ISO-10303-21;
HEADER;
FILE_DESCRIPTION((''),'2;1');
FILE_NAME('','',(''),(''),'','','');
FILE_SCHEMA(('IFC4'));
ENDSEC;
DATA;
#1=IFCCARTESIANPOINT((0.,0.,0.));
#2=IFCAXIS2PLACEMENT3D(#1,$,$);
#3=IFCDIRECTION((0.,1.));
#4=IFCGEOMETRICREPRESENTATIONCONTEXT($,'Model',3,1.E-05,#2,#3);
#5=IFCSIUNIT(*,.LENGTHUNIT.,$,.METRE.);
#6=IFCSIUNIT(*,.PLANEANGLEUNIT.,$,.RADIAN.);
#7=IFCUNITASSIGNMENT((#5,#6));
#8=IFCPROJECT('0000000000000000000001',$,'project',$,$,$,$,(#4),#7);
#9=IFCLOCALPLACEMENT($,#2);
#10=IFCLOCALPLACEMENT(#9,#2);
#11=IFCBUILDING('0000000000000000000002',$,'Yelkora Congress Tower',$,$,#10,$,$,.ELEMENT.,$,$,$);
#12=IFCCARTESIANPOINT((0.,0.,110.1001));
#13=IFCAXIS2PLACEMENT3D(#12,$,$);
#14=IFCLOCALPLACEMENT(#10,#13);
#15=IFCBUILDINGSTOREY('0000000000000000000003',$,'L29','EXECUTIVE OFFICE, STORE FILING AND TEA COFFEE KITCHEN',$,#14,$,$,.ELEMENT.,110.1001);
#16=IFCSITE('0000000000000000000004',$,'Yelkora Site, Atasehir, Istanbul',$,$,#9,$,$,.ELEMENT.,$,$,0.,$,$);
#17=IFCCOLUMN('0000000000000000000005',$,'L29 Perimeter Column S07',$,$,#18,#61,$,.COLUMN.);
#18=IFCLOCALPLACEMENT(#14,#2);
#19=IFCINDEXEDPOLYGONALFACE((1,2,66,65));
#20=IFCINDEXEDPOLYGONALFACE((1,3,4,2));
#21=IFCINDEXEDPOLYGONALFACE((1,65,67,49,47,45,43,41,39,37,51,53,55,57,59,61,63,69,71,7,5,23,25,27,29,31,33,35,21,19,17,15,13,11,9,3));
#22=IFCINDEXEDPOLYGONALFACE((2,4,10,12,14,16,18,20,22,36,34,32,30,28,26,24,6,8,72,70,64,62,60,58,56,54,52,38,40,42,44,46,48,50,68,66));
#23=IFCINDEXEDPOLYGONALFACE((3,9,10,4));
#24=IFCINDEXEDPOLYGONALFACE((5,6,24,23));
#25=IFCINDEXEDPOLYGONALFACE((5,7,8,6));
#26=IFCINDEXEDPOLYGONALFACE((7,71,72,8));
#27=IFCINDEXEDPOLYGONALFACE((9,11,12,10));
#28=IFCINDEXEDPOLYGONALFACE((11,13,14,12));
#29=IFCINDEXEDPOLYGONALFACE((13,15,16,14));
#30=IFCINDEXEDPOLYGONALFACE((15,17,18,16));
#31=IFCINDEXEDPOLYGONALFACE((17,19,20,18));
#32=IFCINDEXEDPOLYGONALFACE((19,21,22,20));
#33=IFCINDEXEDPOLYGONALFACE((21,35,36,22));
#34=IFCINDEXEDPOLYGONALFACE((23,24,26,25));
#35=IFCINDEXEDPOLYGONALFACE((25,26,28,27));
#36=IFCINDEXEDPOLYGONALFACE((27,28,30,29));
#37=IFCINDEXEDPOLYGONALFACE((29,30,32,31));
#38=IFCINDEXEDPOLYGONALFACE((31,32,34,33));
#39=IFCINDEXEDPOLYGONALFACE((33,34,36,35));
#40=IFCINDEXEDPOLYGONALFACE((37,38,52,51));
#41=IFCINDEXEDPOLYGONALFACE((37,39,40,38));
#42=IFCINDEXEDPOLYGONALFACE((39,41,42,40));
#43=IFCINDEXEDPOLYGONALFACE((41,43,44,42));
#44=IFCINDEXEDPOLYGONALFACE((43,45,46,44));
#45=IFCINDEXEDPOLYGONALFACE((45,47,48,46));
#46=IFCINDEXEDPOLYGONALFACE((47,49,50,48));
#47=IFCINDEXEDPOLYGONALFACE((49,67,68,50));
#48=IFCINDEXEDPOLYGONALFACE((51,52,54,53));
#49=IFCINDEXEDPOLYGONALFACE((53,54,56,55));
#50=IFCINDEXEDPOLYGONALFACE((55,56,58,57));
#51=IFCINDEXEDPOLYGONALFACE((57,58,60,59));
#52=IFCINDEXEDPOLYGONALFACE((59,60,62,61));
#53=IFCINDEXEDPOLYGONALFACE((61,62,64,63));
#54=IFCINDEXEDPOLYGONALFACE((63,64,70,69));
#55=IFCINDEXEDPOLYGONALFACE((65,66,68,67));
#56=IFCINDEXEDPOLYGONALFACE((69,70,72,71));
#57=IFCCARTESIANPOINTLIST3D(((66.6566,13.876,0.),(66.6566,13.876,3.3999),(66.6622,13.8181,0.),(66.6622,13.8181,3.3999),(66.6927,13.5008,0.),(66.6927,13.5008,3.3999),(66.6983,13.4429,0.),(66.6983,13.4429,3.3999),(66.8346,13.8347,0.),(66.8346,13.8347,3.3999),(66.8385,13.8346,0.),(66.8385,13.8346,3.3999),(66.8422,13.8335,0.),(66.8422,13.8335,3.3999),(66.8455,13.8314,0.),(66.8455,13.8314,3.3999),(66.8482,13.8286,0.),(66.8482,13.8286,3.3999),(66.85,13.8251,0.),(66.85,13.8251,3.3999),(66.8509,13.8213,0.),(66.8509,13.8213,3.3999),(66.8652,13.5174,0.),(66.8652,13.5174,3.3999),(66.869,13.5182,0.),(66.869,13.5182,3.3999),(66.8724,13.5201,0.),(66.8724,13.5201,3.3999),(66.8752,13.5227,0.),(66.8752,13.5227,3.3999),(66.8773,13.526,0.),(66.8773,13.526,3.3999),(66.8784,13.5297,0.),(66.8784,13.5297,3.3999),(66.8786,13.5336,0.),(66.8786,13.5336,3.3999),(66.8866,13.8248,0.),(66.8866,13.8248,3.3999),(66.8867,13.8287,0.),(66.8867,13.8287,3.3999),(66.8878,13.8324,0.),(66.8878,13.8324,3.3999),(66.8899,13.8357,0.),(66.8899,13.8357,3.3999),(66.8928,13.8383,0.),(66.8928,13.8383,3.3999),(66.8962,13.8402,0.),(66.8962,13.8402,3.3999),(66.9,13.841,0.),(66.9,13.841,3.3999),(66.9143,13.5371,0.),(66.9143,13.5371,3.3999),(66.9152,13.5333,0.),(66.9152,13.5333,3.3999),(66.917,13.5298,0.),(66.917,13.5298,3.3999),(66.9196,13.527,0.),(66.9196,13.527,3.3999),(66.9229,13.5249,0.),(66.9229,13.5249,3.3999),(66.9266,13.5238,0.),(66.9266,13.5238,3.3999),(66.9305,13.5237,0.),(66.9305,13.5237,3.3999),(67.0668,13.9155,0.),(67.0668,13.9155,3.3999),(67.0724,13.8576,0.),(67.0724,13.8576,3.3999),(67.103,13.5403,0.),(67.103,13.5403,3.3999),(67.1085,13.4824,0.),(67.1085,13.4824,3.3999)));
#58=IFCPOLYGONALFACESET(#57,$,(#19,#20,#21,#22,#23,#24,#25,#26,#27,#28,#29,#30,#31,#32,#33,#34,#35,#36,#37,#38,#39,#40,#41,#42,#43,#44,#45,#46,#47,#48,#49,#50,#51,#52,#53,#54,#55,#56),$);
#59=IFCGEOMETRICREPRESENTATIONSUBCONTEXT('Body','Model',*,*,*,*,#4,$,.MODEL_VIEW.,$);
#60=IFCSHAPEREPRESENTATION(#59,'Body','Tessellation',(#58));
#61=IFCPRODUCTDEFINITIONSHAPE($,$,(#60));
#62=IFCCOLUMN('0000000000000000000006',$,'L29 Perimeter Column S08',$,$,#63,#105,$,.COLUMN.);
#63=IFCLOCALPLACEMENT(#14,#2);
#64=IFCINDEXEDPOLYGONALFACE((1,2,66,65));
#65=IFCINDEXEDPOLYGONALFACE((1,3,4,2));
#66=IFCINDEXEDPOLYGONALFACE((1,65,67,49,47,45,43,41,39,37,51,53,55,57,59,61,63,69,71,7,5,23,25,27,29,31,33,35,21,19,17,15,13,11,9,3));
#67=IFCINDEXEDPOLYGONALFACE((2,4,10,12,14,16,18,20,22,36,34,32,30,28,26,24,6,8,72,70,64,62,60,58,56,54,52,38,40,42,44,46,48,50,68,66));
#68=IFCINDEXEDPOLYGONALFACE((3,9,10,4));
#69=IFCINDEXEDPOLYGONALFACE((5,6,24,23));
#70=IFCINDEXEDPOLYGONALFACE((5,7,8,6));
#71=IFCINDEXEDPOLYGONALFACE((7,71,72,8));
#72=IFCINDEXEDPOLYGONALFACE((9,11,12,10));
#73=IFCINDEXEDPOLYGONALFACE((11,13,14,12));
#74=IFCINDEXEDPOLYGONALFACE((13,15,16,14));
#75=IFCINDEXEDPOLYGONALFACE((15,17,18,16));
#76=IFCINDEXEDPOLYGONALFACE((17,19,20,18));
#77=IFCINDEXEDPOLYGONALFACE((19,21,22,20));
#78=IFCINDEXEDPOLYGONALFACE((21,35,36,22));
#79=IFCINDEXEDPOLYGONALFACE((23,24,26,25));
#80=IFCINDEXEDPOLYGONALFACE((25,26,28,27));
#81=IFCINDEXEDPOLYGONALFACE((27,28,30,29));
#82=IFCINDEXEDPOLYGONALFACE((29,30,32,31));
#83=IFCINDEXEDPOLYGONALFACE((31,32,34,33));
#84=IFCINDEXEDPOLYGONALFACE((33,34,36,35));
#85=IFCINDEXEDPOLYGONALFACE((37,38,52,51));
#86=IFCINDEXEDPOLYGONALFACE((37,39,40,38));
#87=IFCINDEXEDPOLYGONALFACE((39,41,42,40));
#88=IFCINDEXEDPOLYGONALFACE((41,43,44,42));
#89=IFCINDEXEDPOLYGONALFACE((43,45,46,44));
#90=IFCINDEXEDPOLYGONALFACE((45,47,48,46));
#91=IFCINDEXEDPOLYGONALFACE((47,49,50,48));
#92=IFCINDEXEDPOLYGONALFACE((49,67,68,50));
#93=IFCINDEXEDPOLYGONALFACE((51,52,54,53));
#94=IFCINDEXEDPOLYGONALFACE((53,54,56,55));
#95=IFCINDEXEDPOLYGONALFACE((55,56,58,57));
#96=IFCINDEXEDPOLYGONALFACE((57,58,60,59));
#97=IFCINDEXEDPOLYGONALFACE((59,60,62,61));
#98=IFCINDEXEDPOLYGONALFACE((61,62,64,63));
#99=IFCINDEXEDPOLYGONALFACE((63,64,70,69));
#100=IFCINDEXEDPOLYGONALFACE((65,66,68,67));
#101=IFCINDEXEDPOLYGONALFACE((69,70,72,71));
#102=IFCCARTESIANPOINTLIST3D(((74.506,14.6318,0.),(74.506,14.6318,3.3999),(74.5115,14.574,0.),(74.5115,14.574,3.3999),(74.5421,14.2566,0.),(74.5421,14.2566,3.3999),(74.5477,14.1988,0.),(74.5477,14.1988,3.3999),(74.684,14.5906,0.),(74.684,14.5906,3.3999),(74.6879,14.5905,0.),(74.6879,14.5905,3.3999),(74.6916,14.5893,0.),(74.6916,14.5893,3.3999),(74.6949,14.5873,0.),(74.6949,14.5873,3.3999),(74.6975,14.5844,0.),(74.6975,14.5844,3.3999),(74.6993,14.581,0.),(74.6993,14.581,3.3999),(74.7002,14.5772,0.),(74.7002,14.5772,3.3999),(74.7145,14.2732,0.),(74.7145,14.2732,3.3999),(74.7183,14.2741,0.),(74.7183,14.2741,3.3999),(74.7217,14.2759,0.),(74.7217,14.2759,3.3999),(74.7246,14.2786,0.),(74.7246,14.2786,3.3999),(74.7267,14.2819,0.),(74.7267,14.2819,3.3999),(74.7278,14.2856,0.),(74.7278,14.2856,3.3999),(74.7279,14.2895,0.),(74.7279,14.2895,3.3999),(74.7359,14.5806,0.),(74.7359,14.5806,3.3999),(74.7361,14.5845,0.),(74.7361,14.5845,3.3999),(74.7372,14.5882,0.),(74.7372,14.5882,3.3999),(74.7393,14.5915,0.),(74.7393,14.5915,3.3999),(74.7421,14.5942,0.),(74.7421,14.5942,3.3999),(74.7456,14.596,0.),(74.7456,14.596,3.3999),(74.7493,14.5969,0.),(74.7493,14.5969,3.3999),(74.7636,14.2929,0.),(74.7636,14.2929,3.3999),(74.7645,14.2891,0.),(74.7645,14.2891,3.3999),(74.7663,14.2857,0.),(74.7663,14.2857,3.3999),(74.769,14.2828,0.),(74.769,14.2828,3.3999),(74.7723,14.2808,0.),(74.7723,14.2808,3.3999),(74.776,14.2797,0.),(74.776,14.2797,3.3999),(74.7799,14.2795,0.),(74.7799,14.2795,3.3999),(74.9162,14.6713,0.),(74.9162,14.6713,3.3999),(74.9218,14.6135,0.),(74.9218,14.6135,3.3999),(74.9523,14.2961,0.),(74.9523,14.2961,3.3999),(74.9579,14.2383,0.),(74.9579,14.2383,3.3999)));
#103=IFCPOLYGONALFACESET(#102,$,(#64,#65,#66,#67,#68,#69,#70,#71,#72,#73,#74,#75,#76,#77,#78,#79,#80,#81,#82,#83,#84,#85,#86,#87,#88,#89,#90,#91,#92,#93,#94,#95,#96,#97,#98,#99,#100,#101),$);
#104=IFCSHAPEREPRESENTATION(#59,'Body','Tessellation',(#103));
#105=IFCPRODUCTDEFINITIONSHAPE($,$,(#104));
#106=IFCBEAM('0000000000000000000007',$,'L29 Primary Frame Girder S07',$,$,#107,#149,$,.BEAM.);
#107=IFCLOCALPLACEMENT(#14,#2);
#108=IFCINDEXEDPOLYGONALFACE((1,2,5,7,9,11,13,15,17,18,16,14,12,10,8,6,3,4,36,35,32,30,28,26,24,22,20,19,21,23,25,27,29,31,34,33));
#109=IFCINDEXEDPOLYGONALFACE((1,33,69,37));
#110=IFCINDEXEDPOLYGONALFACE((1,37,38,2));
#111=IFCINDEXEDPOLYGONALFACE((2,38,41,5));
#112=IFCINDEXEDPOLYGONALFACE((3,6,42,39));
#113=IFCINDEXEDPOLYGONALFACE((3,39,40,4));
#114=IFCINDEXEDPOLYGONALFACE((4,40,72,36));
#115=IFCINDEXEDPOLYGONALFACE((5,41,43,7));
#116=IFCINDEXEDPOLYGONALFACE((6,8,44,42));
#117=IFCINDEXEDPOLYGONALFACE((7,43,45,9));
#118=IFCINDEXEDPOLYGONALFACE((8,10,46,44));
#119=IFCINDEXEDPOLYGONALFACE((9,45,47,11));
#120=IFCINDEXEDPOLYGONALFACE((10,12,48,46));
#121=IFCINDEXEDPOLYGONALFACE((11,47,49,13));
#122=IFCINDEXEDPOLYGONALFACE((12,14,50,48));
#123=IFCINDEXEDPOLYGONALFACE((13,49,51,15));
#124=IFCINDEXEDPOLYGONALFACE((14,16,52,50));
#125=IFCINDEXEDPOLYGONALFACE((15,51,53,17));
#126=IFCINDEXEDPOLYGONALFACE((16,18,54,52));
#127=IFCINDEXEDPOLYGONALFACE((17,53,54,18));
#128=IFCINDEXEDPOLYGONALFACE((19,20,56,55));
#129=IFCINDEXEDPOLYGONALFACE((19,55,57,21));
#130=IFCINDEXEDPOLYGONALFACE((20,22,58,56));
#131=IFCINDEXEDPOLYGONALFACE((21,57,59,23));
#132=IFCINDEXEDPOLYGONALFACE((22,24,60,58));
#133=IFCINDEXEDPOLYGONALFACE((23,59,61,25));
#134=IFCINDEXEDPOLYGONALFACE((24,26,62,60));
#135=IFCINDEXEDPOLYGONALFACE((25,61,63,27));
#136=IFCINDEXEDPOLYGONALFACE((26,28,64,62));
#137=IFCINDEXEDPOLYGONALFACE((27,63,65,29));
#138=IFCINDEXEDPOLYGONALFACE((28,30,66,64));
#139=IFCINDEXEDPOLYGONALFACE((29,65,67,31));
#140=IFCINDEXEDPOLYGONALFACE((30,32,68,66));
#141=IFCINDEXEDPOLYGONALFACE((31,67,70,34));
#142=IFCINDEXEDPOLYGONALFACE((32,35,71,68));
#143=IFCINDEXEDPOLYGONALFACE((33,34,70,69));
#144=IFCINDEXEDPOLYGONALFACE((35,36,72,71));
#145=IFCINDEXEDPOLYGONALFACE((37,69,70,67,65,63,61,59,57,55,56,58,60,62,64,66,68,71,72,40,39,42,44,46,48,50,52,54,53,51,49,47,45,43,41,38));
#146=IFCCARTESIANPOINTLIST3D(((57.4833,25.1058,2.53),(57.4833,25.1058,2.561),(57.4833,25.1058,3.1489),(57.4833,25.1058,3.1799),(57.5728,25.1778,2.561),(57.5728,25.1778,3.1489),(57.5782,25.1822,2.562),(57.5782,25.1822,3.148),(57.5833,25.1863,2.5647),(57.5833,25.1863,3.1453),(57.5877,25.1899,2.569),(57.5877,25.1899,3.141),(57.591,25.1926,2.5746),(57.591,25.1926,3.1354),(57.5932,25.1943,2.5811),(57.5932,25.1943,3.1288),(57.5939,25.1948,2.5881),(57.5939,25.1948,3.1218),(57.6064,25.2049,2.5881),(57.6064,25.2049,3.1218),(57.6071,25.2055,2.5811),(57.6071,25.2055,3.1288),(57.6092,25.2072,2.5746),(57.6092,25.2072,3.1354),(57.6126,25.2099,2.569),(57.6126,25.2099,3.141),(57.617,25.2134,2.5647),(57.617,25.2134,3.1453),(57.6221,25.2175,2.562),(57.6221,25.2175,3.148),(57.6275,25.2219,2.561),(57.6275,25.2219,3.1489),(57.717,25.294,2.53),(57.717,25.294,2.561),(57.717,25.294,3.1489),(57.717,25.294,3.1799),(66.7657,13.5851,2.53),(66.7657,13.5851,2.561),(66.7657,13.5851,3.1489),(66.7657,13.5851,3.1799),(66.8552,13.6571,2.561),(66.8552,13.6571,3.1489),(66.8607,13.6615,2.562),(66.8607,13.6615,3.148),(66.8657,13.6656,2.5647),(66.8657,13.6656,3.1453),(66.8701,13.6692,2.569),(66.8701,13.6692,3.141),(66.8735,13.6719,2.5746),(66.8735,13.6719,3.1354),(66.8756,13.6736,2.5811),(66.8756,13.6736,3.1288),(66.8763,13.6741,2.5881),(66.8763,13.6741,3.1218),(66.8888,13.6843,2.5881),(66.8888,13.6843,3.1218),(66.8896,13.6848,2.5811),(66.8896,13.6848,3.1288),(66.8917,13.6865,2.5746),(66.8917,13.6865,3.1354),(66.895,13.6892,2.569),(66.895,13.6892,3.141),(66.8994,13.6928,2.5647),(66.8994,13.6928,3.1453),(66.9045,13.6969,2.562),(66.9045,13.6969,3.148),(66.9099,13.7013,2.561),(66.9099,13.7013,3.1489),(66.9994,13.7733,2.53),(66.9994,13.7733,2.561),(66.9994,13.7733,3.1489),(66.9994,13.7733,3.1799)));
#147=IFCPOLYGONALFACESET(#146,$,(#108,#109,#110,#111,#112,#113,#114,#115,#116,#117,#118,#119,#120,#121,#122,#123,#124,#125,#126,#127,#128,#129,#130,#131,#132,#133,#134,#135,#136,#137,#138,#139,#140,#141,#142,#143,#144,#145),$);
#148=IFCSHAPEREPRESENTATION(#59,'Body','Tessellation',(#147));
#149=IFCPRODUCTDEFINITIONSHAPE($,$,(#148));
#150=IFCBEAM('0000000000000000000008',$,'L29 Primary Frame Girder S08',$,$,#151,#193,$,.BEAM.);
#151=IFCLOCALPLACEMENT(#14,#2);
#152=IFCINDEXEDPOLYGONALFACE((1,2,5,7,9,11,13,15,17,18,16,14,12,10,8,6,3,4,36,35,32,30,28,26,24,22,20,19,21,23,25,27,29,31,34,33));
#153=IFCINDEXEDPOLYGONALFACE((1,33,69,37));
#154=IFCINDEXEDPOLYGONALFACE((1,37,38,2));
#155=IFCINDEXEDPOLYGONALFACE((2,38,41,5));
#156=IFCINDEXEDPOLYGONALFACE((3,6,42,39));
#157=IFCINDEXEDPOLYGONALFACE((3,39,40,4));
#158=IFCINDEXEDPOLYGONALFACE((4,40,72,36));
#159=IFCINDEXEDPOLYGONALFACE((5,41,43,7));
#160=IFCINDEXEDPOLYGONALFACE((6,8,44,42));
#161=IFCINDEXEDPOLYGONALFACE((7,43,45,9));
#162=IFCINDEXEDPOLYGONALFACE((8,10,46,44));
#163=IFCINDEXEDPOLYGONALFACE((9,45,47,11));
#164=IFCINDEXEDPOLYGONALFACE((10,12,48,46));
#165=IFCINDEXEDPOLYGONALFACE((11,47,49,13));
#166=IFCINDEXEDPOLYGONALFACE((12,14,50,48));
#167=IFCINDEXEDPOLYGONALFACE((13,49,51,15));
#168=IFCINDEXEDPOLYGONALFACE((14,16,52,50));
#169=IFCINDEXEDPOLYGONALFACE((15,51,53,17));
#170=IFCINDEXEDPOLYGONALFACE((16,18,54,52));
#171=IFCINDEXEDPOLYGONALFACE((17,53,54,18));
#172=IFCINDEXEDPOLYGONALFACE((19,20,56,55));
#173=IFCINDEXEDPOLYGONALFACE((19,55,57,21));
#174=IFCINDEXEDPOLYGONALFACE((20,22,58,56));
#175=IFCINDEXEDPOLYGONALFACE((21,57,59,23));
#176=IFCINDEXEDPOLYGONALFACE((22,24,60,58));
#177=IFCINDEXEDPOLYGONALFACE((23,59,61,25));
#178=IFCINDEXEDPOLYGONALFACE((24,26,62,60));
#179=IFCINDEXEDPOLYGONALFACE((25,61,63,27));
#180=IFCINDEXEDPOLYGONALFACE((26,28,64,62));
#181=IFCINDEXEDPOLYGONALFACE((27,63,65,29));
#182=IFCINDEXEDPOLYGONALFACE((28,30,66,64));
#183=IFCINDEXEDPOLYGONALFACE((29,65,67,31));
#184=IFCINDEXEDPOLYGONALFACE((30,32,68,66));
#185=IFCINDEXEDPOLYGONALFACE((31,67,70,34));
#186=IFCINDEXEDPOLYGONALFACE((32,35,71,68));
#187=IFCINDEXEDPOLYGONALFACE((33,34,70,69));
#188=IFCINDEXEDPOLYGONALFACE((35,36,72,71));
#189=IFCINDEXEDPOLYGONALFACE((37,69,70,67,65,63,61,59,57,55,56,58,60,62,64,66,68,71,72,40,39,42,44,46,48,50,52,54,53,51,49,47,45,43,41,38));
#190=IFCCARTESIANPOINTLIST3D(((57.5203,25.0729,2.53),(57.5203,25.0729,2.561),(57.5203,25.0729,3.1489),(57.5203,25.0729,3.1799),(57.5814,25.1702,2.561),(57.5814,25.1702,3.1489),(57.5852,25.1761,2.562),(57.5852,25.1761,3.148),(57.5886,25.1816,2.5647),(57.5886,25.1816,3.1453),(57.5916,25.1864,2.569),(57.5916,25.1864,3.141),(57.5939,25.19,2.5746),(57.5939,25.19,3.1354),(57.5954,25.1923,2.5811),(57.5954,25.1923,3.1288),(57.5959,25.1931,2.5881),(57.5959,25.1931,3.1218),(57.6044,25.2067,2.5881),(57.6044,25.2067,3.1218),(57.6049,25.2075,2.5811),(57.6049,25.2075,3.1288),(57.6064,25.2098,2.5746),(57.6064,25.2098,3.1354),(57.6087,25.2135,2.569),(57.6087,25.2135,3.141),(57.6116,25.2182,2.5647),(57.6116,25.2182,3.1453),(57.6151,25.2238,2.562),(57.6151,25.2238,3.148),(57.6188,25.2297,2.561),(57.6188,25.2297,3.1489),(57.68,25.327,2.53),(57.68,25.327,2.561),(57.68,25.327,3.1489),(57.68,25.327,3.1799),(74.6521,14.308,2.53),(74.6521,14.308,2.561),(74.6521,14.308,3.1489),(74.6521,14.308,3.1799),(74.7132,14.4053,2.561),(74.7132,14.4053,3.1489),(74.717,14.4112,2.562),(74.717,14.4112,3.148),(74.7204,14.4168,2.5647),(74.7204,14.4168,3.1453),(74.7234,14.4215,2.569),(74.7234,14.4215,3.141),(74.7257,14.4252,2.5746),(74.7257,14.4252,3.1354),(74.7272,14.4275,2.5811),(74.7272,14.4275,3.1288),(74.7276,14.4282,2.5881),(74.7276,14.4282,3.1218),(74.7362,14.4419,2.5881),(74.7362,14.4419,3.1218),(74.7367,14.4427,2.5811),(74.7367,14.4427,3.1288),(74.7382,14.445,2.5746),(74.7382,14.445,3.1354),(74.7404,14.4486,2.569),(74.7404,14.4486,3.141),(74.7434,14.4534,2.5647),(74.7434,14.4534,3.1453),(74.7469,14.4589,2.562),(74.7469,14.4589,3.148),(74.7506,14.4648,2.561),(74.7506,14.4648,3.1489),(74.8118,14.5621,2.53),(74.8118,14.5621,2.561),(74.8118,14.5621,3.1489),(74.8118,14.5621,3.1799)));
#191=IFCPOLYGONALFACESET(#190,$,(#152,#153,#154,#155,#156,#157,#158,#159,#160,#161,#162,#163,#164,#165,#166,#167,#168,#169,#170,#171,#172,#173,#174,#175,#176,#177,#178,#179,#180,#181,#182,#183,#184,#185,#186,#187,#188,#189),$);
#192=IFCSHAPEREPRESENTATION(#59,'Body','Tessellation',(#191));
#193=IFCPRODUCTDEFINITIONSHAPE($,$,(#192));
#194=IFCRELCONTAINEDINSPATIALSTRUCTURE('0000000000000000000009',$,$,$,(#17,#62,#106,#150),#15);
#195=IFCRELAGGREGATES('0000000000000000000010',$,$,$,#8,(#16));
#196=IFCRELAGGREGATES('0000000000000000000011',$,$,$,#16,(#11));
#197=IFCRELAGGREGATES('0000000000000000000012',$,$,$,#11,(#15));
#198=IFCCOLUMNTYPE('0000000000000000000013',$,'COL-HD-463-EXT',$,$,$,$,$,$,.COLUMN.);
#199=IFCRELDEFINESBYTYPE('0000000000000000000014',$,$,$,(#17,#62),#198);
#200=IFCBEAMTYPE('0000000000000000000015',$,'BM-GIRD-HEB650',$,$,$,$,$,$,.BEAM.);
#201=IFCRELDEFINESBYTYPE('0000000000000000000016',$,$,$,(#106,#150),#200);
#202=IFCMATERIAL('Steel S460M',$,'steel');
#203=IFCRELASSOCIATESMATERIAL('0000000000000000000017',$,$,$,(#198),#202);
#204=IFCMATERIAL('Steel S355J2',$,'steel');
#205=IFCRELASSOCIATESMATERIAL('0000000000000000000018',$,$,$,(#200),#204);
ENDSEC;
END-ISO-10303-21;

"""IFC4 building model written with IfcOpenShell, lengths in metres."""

from ifc_helpers import new_model, si_unit, direction, frame, origin, origin_2d, place, context, subcontext, project, spatial, i_section, extrude, material, material_profile, profile_set, type_object, element, save


model = new_model("IFC4")

# Units and contexts
model_context = context("Model", 3, precision=1e-05, world=origin(), true_north=direction((0.0, 1.0)))
body_context = subcontext(model_context, "Body", "Model", "MODEL_VIEW")
ifc_project = project(units=[si_unit("LENGTHUNIT", "METRE"), si_unit("PLANEANGLEUNIT", "RADIAN")], contexts=[model_context])

# Site, building, storey
site_placement = place(None, origin())
site = spatial("IfcSite", under=ifc_project, at=site_placement, Name="Yelkora Site, Atasehir, Istanbul", CompositionType="ELEMENT", RefElevation=0.0)
building_placement = place(site_placement, origin())
building = spatial("IfcBuilding", under=site, at=building_placement, Name="Yelkora Congress Tower", CompositionType="ELEMENT")
storey_placement = place(building_placement, frame((0.0, 0.0, 110.1001)))
storey = spatial("IfcBuildingStorey", under=building, at=storey_placement, Name="L29", Description="EXECUTIVE OFFICE, STORE FILING AND TEA COFFEE KITCHEN", CompositionType="ELEMENT", Elevation=110.1001)

# Columns
ifc_material_1 = material(Name="Steel S460M", Category="steel")
ifc_material_profile_1 = material_profile(ifc_material_1, i_section(OverallWidth=0.4121, OverallDepth=0.4351, WebThickness=0.0359, FlangeThickness=0.0581, FilletRadius=0.0149, at=origin_2d()), Name="HD 400x463")
ifc_profile_set_1 = profile_set([ifc_material_profile_1], Name="Steel S460M")
column_type = type_object("IfcColumnType", Name="COL-HD-463-EXT", PredefinedType="COLUMN", material=ifc_profile_set_1)
for number, where, z_axis, x_axis, name in (
    (1, (66.8826, 13.6792, 0.0), (0.0, 0.0, 1.0), (0.995396, 0.095846, 0.0), "L29 Perimeter Column S07"),
    (2, (74.7319, 14.4351, 0.0), (0.0, 0.0, 1.0), (0.995396, 0.095846, 0.0), "L29 Perimeter Column S08"),
):
    element("IfcColumn", number, at=place(storey_placement, frame(where, z_axis=z_axis, x_axis=x_axis)), inside=storey, type_object=column_type, Name=name, PredefinedType="COLUMN", context=body_context, shape_type="SweptSolid", body=[
        extrude(i_section(OverallWidth=0.4121, OverallDepth=0.4351, WebThickness=0.0359, FlangeThickness=0.0581, FilletRadius=0.0149, at=origin_2d()), origin(), (0.0, 0.0, 1.0), 3.3999),
    ])

# Beams
ifc_material_2 = material(Name="Steel S355J2", Category="steel")
ifc_material_profile_2 = material_profile(ifc_material_2, i_section(OverallWidth=0.3, OverallDepth=0.6499, WebThickness=0.0161, FlangeThickness=0.031, FilletRadius=0.0271, at=origin_2d()), Name="HEB 650")
ifc_profile_set_2 = profile_set([ifc_material_profile_2], Name="Steel S355J2")
beam_type_1 = type_object("IfcBeamType", Name="BM-GIRD-HEB650", PredefinedType="BEAM", material=ifc_profile_set_2)
beam_1_placement = place(storey_placement, frame((66.8826, 13.6792, 2.855), z_axis=(-0.627406, 0.778692, 0.0), x_axis=(-0.778692, -0.627406, 0.0)))
element("IfcBeam", 3, at=beam_1_placement, inside=storey, type_object=beam_type_1, Name="L29 Primary Frame Girder S07", PredefinedType="BEAM", context=body_context, shape_type="SweptSolid", body=[
    extrude(i_section(OverallWidth=0.3, OverallDepth=0.6499, WebThickness=0.0161, FlangeThickness=0.031, FilletRadius=0.0271, at=origin_2d()), origin(), (0.0, 0.0, 1.0), 14.7949),
])
beam_2_placement = place(storey_placement, frame((74.7319, 14.4351, 2.855), z_axis=(-0.846719, 0.532041, 0.0), x_axis=(-0.532041, -0.846719, 0.0)))
element("IfcBeam", 4, at=beam_2_placement, inside=storey, type_object=beam_type_1, Name="L29 Primary Frame Girder S08", PredefinedType="BEAM", context=body_context, shape_type="SweptSolid", body=[
    extrude(i_section(OverallWidth=0.3, OverallDepth=0.6499, WebThickness=0.0161, FlangeThickness=0.031, FilletRadius=0.0271, at=origin_2d()), origin(), (0.0, 0.0, 1.0), 20.2332),
])

save(model, "model.ifc")
